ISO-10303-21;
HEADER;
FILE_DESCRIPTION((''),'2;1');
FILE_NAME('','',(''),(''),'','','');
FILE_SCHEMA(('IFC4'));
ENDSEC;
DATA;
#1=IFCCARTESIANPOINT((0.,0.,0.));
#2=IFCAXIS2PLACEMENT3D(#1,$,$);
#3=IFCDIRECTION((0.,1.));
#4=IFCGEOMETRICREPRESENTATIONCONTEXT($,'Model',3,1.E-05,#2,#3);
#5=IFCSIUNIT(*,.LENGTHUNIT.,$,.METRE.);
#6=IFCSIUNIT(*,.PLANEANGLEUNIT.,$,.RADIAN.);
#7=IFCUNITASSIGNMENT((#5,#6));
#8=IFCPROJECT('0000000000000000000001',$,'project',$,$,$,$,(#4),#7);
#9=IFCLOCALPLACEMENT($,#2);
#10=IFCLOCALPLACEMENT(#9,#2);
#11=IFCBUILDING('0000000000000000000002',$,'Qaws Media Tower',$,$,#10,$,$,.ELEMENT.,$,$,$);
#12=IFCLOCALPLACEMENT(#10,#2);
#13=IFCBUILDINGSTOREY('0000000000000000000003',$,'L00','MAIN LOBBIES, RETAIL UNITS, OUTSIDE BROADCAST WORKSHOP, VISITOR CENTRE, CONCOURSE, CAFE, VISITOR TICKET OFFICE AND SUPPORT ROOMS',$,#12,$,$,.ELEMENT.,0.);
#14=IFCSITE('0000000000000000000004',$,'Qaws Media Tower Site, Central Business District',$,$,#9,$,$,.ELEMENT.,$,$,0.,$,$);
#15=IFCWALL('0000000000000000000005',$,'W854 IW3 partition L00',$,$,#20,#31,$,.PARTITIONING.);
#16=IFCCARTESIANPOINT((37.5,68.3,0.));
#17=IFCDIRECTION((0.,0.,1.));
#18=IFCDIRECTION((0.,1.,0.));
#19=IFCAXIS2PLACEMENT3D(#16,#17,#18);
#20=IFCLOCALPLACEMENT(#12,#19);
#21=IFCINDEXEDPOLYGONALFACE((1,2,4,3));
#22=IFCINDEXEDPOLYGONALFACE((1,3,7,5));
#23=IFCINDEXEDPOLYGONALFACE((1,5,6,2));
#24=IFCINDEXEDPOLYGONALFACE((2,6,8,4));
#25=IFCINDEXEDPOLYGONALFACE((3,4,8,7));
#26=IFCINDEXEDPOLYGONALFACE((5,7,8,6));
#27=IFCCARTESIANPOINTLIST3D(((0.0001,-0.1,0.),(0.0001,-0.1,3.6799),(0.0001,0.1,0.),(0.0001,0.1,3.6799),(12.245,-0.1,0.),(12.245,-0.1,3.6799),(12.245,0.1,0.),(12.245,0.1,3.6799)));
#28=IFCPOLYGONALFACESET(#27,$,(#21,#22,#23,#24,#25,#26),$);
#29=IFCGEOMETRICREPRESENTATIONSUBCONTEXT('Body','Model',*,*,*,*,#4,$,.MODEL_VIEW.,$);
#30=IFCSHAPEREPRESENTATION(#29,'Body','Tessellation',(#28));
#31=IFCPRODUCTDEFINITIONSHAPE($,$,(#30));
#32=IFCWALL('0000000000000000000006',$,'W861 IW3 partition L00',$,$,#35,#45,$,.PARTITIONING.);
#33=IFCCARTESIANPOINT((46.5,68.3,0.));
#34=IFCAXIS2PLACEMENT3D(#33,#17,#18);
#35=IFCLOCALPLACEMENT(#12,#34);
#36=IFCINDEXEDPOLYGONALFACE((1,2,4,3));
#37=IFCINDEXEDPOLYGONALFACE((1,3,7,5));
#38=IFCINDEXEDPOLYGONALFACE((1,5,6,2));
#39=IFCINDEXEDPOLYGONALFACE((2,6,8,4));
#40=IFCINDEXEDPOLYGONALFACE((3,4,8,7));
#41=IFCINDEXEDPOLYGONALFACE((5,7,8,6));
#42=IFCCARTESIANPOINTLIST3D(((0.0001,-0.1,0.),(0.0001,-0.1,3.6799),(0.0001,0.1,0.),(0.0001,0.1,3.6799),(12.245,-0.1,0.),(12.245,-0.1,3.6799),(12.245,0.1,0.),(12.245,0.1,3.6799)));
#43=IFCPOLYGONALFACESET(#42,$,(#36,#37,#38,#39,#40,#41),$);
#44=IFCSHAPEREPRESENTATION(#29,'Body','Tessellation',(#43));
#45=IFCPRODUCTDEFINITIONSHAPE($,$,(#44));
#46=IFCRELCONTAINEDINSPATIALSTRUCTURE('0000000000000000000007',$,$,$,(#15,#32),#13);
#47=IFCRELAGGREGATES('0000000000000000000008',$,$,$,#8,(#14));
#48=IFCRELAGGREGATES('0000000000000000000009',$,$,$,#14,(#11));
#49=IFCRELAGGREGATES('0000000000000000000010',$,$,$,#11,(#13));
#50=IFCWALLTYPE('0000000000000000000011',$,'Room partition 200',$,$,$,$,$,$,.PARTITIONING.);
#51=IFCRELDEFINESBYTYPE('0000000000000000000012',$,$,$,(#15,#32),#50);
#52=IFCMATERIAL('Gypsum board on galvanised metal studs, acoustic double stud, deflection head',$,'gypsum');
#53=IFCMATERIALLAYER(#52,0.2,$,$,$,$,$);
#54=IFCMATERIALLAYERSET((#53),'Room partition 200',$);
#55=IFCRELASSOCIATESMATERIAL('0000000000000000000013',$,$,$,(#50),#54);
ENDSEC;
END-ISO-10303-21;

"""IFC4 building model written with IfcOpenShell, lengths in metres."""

from ifc_helpers import new_model, si_unit, direction, frame, frame_2d, origin, place, context, subcontext, project, spatial, rectangle, extrude, material, layer, layer_set, type_object, element, save


model = new_model("IFC4")

# Units and contexts
model_context = context("Model", 3, precision=1e-05, world=origin(), true_north=direction((0.0, 1.0)))
body_context = subcontext(model_context, "Body", "Model", "MODEL_VIEW")
ifc_project = project(units=[si_unit("LENGTHUNIT", "METRE"), si_unit("PLANEANGLEUNIT", "RADIAN")], contexts=[model_context])

# Site, building, storey
site_placement = place(None, origin())
site = spatial("IfcSite", under=ifc_project, at=site_placement, Name="Qaws Media Tower Site, Central Business District", CompositionType="ELEMENT", RefElevation=0.0)
building_placement = place(site_placement, origin())
building = spatial("IfcBuilding", under=site, at=building_placement, Name="Qaws Media Tower", CompositionType="ELEMENT")
storey_placement = place(building_placement, origin())
storey = spatial("IfcBuildingStorey", under=building, at=storey_placement, Name="L00", Description="MAIN LOBBIES, RETAIL UNITS, OUTSIDE BROADCAST WORKSHOP, VISITOR CENTRE, CONCOURSE, CAFE, VISITOR TICKET OFFICE AND SUPPORT ROOMS", CompositionType="ELEMENT", Elevation=0.0)

# Walls
ifc_material_1 = material(Name="Gypsum board on galvanised metal studs, acoustic double stud, deflection head", Category="gypsum")
ifc_layer = layer(ifc_material_1, 0.2)
ifc_layer_set = layer_set([ifc_layer], Name="Room partition 200")
wall_type = type_object("IfcWallType", Name="Room partition 200", PredefinedType="PARTITIONING", material=ifc_layer_set)
wall_1_placement = place(storey_placement, frame((37.5, 68.3, 0.0), z_axis=(0.0, 0.0, 1.0), x_axis=(0.0, 1.0, 0.0)))
element("IfcWall", 1, at=wall_1_placement, inside=storey, type_object=wall_type, Name="W854 IW3 partition L00", PredefinedType="PARTITIONING", context=body_context, shape_type="SweptSolid", body=[
    extrude(rectangle(XDim=12.2449, YDim=0.2, at=frame_2d((6.1226, 0.0))), origin(), (0.0, 0.0, 1.0), 3.6799),
])
wall_2_placement = place(storey_placement, frame((46.5, 68.3, 0.0), z_axis=(0.0, 0.0, 1.0), x_axis=(0.0, 1.0, 0.0)))
element("IfcWall", 2, at=wall_2_placement, inside=storey, type_object=wall_type, Name="W861 IW3 partition L00", PredefinedType="PARTITIONING", context=body_context, shape_type="SweptSolid", body=[
    extrude(rectangle(XDim=12.2449, YDim=0.2, at=frame_2d((6.1226, 0.0))), origin(), (0.0, 0.0, 1.0), 3.6799),
])

save(model, "model.ifc")
